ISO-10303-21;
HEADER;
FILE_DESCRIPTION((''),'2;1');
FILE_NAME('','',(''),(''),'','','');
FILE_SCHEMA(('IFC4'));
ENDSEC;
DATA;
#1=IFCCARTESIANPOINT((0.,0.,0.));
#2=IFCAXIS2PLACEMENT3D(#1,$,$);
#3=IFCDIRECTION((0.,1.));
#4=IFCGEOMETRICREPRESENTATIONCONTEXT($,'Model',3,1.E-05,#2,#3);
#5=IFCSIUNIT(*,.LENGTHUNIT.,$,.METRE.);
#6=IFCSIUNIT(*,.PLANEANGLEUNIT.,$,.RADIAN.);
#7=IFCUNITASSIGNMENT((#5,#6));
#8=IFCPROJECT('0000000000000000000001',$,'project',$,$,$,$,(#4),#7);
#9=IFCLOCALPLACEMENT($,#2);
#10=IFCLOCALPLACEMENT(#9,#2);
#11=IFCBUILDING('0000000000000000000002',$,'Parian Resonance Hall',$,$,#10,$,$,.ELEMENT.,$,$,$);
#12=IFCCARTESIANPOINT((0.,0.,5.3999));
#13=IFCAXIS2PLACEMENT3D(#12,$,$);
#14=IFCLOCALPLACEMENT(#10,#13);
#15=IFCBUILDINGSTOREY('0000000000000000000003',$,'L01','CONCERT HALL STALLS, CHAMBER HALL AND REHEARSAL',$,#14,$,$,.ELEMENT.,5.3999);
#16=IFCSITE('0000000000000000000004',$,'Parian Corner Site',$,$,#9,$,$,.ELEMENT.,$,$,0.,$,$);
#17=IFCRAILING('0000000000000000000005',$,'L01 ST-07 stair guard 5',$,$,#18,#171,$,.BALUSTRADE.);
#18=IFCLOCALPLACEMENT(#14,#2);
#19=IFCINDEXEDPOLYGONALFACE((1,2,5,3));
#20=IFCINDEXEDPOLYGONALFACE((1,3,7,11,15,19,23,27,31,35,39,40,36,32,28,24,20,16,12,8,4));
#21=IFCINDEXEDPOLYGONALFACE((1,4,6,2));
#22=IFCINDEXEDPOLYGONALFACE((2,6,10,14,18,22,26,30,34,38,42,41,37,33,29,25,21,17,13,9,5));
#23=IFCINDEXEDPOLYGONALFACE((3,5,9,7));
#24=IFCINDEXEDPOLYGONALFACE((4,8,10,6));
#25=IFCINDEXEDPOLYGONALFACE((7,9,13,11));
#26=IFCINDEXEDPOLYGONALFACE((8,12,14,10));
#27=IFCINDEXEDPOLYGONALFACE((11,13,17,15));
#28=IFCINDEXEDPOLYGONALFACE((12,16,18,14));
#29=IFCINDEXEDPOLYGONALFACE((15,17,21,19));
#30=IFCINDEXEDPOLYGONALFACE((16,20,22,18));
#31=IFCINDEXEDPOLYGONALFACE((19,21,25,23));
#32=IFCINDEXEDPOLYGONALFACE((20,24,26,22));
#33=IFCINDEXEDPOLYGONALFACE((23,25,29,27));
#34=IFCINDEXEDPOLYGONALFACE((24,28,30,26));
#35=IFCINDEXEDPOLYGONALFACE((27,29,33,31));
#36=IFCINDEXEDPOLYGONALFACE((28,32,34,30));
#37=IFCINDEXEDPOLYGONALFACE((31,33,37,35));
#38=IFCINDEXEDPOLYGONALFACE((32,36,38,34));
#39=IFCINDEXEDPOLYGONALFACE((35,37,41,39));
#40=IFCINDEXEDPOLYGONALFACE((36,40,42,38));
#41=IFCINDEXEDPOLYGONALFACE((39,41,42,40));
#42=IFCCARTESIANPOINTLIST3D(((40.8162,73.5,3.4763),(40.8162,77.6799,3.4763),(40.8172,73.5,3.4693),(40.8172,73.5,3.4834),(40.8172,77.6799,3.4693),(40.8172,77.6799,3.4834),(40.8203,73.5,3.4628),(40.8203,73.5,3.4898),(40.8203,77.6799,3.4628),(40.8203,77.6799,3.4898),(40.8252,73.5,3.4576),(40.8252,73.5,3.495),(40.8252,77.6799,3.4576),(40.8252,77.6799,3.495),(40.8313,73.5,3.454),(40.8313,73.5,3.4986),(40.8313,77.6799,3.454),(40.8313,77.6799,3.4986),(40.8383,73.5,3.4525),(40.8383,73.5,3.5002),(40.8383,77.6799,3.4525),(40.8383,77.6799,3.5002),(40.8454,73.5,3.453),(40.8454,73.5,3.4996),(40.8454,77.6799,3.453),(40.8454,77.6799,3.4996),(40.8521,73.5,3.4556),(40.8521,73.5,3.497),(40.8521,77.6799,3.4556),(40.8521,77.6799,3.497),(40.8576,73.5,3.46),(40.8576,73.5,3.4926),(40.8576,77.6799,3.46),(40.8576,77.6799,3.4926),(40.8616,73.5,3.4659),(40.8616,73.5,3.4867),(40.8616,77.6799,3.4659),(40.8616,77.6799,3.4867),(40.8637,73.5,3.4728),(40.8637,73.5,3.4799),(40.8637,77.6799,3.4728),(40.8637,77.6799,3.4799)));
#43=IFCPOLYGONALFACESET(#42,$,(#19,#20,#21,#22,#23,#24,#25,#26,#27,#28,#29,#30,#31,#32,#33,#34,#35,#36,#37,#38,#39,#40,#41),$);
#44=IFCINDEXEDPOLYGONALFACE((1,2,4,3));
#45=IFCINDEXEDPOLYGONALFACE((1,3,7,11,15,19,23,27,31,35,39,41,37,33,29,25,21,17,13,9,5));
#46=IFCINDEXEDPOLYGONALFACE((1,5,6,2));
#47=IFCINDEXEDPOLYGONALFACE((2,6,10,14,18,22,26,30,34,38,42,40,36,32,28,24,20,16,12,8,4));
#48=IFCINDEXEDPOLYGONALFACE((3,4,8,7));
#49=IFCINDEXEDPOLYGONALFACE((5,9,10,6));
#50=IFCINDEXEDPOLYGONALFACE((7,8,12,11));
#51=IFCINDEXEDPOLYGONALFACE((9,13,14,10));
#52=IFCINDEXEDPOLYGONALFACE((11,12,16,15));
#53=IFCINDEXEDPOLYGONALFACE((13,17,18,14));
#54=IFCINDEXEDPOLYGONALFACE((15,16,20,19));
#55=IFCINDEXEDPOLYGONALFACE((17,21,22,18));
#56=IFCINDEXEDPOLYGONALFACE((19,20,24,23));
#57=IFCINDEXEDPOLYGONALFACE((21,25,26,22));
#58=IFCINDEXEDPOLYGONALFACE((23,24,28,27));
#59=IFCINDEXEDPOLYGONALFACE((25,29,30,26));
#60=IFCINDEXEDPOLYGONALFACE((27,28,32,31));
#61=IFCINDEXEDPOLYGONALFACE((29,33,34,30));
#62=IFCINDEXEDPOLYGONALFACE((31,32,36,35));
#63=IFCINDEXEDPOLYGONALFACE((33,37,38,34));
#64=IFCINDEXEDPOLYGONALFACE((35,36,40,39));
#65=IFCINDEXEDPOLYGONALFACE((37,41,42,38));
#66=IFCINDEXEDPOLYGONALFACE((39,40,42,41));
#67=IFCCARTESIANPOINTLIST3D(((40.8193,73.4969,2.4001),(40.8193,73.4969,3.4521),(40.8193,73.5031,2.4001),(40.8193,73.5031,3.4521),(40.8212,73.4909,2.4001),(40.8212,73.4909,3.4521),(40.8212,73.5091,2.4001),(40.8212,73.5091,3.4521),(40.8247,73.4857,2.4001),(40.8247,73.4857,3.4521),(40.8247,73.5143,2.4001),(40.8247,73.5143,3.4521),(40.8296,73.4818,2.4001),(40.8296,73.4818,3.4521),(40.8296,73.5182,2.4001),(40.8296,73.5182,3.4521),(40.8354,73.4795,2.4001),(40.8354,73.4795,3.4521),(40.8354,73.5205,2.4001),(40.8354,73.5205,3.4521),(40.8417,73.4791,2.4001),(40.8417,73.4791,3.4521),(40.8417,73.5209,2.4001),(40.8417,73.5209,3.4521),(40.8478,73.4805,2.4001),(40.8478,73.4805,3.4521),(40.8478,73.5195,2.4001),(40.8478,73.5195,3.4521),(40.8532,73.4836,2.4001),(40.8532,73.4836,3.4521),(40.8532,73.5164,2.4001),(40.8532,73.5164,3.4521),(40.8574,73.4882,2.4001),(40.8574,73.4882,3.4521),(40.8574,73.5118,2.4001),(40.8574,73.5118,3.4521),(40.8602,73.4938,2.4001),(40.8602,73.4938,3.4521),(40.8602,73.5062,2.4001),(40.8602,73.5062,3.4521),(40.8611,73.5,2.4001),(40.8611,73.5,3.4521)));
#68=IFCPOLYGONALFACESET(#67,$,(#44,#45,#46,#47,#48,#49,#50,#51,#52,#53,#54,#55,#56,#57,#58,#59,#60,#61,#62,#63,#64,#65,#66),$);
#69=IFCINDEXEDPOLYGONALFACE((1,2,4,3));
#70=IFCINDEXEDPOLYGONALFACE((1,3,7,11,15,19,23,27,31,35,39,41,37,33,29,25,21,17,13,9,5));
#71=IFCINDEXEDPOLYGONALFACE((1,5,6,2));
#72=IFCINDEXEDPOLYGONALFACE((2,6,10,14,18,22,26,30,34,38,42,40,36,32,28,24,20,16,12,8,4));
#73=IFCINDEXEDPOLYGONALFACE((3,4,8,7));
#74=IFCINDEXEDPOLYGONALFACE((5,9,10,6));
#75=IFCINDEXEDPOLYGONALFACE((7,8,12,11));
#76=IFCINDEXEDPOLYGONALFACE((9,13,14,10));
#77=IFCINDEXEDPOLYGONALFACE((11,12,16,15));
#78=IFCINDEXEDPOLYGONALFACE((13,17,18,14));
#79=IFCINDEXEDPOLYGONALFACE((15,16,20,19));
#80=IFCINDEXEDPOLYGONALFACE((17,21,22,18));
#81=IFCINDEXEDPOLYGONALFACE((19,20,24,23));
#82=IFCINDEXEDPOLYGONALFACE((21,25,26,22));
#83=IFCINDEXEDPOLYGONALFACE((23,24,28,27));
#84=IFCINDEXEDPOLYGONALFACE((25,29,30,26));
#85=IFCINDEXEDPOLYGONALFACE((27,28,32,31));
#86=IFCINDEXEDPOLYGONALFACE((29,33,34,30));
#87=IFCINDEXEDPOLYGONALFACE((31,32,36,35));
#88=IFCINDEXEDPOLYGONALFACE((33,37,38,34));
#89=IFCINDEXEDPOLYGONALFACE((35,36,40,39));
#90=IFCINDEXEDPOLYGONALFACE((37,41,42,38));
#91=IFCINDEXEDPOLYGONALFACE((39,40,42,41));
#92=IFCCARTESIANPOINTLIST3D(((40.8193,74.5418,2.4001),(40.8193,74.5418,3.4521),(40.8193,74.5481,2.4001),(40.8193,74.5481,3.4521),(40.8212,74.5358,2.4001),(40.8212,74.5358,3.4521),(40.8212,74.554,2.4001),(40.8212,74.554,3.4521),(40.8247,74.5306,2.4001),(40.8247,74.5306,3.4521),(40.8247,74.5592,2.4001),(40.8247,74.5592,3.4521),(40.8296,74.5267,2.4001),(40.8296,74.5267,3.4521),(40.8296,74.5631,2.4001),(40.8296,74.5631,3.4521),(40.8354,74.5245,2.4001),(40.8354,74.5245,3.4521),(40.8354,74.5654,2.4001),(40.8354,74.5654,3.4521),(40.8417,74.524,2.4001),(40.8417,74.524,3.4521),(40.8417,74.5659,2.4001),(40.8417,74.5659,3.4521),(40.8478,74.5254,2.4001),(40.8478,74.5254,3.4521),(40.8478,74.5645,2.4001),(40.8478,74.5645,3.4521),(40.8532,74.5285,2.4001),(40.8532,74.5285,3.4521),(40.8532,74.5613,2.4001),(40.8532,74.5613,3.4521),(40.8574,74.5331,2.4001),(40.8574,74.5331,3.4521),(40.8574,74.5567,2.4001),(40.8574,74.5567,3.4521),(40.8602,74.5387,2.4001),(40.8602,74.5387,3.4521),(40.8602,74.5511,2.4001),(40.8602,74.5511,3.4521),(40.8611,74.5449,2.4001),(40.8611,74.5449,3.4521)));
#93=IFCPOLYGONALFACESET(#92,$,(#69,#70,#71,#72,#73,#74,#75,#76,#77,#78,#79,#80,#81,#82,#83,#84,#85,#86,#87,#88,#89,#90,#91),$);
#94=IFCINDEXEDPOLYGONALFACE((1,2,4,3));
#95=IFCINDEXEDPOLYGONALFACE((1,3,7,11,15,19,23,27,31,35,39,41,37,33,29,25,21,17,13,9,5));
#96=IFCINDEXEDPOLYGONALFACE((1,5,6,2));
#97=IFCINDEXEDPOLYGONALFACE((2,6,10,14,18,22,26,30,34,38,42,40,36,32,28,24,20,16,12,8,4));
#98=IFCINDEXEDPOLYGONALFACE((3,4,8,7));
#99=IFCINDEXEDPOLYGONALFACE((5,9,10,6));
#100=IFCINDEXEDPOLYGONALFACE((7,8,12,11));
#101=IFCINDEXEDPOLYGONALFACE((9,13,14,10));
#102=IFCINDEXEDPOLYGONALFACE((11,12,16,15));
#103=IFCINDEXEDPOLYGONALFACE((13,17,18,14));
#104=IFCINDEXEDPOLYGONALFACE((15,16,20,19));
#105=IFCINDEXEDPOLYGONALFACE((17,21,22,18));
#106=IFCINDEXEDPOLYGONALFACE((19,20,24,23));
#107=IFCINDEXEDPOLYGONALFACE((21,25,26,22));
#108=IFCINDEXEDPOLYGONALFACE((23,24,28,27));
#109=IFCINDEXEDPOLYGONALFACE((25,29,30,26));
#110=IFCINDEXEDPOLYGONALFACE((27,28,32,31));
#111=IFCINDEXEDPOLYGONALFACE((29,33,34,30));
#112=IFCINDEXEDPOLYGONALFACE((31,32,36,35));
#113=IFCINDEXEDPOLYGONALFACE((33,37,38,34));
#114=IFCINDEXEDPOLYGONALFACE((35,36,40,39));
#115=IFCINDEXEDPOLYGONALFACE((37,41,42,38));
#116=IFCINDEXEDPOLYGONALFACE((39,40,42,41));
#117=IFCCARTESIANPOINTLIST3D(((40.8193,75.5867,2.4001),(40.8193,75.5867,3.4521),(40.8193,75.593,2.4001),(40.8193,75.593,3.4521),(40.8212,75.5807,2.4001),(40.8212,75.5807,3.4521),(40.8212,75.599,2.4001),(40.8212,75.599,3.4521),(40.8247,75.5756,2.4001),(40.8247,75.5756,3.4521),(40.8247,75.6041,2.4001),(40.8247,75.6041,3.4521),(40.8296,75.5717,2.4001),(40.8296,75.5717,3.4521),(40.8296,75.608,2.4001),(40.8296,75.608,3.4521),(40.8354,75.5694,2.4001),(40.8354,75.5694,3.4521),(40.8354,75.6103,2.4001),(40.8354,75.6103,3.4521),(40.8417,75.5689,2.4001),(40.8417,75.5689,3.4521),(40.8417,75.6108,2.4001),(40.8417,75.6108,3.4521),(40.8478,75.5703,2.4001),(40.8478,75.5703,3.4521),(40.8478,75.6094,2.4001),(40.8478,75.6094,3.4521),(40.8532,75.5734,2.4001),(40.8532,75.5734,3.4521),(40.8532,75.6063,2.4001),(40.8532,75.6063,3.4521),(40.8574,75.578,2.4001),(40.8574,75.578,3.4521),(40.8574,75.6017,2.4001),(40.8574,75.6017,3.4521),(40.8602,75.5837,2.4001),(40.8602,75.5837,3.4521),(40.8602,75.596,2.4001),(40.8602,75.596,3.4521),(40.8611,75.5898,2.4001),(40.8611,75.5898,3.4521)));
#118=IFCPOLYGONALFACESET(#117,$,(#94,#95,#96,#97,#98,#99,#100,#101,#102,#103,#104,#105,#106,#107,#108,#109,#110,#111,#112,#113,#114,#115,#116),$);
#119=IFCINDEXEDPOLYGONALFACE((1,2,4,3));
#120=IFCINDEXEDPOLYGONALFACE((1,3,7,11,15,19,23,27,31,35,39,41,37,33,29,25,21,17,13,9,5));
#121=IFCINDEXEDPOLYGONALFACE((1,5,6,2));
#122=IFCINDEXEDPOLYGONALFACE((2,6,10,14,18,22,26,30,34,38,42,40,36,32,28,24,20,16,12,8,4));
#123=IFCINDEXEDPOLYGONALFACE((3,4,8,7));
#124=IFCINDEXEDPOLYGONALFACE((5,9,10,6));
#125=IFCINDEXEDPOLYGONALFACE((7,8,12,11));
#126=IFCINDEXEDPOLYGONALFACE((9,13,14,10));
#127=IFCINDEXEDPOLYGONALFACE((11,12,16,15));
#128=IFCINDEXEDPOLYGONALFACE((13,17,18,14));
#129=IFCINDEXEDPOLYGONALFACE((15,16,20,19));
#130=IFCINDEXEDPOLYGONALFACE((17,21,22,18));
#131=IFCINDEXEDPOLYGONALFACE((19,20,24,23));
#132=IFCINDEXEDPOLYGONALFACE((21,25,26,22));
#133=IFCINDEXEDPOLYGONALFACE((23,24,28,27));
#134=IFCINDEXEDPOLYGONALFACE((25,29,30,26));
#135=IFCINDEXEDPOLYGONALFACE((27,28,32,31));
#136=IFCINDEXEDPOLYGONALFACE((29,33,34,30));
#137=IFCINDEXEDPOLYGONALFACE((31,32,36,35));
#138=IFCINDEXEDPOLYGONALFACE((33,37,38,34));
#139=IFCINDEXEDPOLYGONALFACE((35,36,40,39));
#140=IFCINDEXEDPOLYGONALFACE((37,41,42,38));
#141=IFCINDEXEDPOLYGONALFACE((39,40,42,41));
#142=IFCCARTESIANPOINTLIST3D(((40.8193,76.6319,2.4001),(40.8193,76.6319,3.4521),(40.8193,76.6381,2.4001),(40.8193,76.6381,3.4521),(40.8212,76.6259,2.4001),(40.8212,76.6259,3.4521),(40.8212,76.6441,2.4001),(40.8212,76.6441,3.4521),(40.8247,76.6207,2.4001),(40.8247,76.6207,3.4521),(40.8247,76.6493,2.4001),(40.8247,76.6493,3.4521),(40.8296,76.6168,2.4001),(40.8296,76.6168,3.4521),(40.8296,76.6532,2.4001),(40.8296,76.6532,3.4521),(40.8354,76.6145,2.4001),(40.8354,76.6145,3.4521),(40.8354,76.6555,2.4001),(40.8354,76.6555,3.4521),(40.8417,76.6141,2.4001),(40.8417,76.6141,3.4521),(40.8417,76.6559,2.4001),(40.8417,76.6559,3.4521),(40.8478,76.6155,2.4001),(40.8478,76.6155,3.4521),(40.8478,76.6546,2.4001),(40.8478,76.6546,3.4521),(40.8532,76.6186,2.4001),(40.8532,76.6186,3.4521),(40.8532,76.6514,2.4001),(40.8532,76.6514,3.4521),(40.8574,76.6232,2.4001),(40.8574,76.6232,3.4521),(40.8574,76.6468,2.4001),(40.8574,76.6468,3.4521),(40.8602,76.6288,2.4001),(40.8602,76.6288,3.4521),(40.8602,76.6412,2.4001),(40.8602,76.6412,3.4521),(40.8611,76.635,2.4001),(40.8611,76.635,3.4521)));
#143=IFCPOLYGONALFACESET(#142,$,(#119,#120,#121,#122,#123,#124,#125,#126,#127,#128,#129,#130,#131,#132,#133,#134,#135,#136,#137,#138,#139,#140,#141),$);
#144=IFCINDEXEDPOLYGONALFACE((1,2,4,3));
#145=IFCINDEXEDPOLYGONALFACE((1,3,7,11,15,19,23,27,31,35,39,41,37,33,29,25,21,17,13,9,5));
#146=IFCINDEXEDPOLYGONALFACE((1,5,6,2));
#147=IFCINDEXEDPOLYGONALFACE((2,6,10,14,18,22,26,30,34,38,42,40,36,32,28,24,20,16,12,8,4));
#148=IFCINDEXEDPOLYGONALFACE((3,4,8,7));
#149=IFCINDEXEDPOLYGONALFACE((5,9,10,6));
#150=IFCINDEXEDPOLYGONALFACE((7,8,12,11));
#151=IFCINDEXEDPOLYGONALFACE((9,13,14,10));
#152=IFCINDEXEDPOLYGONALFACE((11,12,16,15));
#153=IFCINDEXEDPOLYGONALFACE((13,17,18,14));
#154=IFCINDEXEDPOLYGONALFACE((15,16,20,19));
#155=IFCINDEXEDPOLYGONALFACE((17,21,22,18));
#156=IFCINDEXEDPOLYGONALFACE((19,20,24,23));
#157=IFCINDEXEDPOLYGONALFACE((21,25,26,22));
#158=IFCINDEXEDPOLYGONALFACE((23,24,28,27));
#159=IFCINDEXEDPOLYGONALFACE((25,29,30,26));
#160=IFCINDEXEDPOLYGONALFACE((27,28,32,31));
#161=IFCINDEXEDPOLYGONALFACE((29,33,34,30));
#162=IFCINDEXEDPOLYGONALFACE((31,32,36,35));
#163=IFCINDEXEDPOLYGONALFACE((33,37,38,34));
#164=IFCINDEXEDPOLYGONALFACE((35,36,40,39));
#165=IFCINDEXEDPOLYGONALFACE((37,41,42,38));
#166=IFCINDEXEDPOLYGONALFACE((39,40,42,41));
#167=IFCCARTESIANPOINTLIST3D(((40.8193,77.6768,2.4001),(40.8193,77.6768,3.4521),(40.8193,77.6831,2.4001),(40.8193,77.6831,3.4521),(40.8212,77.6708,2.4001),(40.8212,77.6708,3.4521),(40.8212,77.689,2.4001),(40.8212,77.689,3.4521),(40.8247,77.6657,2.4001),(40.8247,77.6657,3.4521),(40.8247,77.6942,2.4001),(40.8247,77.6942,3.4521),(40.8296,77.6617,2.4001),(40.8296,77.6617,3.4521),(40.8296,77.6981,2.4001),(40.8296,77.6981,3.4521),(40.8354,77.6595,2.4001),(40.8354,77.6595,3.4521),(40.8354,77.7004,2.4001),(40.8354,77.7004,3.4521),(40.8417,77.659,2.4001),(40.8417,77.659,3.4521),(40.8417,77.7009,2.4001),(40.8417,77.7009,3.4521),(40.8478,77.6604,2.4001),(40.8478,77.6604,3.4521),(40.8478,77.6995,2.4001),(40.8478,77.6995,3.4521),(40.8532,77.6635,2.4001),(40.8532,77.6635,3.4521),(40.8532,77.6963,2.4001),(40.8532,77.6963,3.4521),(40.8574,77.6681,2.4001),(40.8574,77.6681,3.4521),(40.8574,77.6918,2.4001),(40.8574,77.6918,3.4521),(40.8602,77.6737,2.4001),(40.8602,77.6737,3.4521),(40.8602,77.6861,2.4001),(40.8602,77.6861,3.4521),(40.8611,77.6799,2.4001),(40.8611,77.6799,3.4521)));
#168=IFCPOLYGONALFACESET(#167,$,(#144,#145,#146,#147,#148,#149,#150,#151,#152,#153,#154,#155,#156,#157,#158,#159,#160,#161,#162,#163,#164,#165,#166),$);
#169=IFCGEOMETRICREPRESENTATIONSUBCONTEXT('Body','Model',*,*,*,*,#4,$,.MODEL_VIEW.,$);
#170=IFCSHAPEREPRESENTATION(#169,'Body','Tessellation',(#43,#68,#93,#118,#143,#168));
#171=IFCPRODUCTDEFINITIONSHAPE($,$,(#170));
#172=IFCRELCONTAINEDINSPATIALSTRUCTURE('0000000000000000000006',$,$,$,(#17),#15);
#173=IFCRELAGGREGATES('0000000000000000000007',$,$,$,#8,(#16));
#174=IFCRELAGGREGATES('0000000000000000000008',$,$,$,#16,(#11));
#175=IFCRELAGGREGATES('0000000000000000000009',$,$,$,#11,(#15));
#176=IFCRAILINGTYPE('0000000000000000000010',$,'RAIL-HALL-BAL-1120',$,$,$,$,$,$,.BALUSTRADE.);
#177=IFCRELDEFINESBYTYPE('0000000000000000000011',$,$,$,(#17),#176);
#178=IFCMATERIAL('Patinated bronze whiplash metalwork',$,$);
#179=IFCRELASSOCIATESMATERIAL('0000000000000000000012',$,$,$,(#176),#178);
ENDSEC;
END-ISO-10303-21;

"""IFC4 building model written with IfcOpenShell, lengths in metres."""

from ifc_helpers import new_model, si_unit, direction, frame, origin, origin_2d, place, context, subcontext, project, spatial, circle, extrude, material, type_object, element, save


model = new_model("IFC4")

# Units and contexts
model_context = context("Model", 3, precision=1e-05, world=origin(), true_north=direction((0.0, 1.0)))
body_context = subcontext(model_context, "Body", "Model", "MODEL_VIEW")
ifc_project = project(units=[si_unit("LENGTHUNIT", "METRE"), si_unit("PLANEANGLEUNIT", "RADIAN")], contexts=[model_context])

# Site, building, storey
site_placement = place(None, origin())
site = spatial("IfcSite", under=ifc_project, at=site_placement, Name="Parian Corner Site", CompositionType="ELEMENT", RefElevation=0.0)
building_placement = place(site_placement, origin())
building = spatial("IfcBuilding", under=site, at=building_placement, Name="Parian Resonance Hall", CompositionType="ELEMENT")
storey_placement = place(building_placement, frame((0.0, 0.0, 5.3999)))
storey = spatial("IfcBuildingStorey", under=building, at=storey_placement, Name="L01", Description="CONCERT HALL STALLS, CHAMBER HALL AND REHEARSAL", CompositionType="ELEMENT", Elevation=5.3999)

# Railing
ifc_material_1 = material(Name="Patinated bronze whiplash metalwork")
railing_type = type_object("IfcRailingType", Name="RAIL-HALL-BAL-1120", PredefinedType="BALUSTRADE", material=ifc_material_1)
railing_1_placement = place(storey_placement, frame((40.8401, 73.5, 2.4001)))
element("IfcRailing", 1, at=railing_1_placement, inside=storey, type_object=railing_type, Name="L01 ST-07 stair guard 5", PredefinedType="BALUSTRADE", context=body_context, shape_type="SweptSolid", body=[
    extrude(circle(Radius=0.0239, at=origin_2d()), frame((0.0, 0.0, 1.0762), z_axis=(0.0, 1.0, 0.0), x_axis=(-1.0, 0.0, 0.0)), (0.0, 0.0, 1.0), 4.1799),
    extrude(circle(Radius=0.021, at=origin_2d()), origin(), (0.0, 0.0, 1.0), 1.052),
    extrude(circle(Radius=0.021, at=origin_2d()), frame((0.0, 1.0449, 0.0)), (0.0, 0.0, 1.0), 1.052),
    extrude(circle(Radius=0.021, at=origin_2d()), frame((0.0, 2.0898, 0.0)), (0.0, 0.0, 1.0), 1.052),
    extrude(circle(Radius=0.021, at=origin_2d()), frame((0.0, 3.135, 0.0)), (0.0, 0.0, 1.0), 1.052),
    extrude(circle(Radius=0.021, at=origin_2d()), frame((0.0, 4.1799, 0.0)), (0.0, 0.0, 1.0), 1.052),
])

save(model, "model.ifc")
